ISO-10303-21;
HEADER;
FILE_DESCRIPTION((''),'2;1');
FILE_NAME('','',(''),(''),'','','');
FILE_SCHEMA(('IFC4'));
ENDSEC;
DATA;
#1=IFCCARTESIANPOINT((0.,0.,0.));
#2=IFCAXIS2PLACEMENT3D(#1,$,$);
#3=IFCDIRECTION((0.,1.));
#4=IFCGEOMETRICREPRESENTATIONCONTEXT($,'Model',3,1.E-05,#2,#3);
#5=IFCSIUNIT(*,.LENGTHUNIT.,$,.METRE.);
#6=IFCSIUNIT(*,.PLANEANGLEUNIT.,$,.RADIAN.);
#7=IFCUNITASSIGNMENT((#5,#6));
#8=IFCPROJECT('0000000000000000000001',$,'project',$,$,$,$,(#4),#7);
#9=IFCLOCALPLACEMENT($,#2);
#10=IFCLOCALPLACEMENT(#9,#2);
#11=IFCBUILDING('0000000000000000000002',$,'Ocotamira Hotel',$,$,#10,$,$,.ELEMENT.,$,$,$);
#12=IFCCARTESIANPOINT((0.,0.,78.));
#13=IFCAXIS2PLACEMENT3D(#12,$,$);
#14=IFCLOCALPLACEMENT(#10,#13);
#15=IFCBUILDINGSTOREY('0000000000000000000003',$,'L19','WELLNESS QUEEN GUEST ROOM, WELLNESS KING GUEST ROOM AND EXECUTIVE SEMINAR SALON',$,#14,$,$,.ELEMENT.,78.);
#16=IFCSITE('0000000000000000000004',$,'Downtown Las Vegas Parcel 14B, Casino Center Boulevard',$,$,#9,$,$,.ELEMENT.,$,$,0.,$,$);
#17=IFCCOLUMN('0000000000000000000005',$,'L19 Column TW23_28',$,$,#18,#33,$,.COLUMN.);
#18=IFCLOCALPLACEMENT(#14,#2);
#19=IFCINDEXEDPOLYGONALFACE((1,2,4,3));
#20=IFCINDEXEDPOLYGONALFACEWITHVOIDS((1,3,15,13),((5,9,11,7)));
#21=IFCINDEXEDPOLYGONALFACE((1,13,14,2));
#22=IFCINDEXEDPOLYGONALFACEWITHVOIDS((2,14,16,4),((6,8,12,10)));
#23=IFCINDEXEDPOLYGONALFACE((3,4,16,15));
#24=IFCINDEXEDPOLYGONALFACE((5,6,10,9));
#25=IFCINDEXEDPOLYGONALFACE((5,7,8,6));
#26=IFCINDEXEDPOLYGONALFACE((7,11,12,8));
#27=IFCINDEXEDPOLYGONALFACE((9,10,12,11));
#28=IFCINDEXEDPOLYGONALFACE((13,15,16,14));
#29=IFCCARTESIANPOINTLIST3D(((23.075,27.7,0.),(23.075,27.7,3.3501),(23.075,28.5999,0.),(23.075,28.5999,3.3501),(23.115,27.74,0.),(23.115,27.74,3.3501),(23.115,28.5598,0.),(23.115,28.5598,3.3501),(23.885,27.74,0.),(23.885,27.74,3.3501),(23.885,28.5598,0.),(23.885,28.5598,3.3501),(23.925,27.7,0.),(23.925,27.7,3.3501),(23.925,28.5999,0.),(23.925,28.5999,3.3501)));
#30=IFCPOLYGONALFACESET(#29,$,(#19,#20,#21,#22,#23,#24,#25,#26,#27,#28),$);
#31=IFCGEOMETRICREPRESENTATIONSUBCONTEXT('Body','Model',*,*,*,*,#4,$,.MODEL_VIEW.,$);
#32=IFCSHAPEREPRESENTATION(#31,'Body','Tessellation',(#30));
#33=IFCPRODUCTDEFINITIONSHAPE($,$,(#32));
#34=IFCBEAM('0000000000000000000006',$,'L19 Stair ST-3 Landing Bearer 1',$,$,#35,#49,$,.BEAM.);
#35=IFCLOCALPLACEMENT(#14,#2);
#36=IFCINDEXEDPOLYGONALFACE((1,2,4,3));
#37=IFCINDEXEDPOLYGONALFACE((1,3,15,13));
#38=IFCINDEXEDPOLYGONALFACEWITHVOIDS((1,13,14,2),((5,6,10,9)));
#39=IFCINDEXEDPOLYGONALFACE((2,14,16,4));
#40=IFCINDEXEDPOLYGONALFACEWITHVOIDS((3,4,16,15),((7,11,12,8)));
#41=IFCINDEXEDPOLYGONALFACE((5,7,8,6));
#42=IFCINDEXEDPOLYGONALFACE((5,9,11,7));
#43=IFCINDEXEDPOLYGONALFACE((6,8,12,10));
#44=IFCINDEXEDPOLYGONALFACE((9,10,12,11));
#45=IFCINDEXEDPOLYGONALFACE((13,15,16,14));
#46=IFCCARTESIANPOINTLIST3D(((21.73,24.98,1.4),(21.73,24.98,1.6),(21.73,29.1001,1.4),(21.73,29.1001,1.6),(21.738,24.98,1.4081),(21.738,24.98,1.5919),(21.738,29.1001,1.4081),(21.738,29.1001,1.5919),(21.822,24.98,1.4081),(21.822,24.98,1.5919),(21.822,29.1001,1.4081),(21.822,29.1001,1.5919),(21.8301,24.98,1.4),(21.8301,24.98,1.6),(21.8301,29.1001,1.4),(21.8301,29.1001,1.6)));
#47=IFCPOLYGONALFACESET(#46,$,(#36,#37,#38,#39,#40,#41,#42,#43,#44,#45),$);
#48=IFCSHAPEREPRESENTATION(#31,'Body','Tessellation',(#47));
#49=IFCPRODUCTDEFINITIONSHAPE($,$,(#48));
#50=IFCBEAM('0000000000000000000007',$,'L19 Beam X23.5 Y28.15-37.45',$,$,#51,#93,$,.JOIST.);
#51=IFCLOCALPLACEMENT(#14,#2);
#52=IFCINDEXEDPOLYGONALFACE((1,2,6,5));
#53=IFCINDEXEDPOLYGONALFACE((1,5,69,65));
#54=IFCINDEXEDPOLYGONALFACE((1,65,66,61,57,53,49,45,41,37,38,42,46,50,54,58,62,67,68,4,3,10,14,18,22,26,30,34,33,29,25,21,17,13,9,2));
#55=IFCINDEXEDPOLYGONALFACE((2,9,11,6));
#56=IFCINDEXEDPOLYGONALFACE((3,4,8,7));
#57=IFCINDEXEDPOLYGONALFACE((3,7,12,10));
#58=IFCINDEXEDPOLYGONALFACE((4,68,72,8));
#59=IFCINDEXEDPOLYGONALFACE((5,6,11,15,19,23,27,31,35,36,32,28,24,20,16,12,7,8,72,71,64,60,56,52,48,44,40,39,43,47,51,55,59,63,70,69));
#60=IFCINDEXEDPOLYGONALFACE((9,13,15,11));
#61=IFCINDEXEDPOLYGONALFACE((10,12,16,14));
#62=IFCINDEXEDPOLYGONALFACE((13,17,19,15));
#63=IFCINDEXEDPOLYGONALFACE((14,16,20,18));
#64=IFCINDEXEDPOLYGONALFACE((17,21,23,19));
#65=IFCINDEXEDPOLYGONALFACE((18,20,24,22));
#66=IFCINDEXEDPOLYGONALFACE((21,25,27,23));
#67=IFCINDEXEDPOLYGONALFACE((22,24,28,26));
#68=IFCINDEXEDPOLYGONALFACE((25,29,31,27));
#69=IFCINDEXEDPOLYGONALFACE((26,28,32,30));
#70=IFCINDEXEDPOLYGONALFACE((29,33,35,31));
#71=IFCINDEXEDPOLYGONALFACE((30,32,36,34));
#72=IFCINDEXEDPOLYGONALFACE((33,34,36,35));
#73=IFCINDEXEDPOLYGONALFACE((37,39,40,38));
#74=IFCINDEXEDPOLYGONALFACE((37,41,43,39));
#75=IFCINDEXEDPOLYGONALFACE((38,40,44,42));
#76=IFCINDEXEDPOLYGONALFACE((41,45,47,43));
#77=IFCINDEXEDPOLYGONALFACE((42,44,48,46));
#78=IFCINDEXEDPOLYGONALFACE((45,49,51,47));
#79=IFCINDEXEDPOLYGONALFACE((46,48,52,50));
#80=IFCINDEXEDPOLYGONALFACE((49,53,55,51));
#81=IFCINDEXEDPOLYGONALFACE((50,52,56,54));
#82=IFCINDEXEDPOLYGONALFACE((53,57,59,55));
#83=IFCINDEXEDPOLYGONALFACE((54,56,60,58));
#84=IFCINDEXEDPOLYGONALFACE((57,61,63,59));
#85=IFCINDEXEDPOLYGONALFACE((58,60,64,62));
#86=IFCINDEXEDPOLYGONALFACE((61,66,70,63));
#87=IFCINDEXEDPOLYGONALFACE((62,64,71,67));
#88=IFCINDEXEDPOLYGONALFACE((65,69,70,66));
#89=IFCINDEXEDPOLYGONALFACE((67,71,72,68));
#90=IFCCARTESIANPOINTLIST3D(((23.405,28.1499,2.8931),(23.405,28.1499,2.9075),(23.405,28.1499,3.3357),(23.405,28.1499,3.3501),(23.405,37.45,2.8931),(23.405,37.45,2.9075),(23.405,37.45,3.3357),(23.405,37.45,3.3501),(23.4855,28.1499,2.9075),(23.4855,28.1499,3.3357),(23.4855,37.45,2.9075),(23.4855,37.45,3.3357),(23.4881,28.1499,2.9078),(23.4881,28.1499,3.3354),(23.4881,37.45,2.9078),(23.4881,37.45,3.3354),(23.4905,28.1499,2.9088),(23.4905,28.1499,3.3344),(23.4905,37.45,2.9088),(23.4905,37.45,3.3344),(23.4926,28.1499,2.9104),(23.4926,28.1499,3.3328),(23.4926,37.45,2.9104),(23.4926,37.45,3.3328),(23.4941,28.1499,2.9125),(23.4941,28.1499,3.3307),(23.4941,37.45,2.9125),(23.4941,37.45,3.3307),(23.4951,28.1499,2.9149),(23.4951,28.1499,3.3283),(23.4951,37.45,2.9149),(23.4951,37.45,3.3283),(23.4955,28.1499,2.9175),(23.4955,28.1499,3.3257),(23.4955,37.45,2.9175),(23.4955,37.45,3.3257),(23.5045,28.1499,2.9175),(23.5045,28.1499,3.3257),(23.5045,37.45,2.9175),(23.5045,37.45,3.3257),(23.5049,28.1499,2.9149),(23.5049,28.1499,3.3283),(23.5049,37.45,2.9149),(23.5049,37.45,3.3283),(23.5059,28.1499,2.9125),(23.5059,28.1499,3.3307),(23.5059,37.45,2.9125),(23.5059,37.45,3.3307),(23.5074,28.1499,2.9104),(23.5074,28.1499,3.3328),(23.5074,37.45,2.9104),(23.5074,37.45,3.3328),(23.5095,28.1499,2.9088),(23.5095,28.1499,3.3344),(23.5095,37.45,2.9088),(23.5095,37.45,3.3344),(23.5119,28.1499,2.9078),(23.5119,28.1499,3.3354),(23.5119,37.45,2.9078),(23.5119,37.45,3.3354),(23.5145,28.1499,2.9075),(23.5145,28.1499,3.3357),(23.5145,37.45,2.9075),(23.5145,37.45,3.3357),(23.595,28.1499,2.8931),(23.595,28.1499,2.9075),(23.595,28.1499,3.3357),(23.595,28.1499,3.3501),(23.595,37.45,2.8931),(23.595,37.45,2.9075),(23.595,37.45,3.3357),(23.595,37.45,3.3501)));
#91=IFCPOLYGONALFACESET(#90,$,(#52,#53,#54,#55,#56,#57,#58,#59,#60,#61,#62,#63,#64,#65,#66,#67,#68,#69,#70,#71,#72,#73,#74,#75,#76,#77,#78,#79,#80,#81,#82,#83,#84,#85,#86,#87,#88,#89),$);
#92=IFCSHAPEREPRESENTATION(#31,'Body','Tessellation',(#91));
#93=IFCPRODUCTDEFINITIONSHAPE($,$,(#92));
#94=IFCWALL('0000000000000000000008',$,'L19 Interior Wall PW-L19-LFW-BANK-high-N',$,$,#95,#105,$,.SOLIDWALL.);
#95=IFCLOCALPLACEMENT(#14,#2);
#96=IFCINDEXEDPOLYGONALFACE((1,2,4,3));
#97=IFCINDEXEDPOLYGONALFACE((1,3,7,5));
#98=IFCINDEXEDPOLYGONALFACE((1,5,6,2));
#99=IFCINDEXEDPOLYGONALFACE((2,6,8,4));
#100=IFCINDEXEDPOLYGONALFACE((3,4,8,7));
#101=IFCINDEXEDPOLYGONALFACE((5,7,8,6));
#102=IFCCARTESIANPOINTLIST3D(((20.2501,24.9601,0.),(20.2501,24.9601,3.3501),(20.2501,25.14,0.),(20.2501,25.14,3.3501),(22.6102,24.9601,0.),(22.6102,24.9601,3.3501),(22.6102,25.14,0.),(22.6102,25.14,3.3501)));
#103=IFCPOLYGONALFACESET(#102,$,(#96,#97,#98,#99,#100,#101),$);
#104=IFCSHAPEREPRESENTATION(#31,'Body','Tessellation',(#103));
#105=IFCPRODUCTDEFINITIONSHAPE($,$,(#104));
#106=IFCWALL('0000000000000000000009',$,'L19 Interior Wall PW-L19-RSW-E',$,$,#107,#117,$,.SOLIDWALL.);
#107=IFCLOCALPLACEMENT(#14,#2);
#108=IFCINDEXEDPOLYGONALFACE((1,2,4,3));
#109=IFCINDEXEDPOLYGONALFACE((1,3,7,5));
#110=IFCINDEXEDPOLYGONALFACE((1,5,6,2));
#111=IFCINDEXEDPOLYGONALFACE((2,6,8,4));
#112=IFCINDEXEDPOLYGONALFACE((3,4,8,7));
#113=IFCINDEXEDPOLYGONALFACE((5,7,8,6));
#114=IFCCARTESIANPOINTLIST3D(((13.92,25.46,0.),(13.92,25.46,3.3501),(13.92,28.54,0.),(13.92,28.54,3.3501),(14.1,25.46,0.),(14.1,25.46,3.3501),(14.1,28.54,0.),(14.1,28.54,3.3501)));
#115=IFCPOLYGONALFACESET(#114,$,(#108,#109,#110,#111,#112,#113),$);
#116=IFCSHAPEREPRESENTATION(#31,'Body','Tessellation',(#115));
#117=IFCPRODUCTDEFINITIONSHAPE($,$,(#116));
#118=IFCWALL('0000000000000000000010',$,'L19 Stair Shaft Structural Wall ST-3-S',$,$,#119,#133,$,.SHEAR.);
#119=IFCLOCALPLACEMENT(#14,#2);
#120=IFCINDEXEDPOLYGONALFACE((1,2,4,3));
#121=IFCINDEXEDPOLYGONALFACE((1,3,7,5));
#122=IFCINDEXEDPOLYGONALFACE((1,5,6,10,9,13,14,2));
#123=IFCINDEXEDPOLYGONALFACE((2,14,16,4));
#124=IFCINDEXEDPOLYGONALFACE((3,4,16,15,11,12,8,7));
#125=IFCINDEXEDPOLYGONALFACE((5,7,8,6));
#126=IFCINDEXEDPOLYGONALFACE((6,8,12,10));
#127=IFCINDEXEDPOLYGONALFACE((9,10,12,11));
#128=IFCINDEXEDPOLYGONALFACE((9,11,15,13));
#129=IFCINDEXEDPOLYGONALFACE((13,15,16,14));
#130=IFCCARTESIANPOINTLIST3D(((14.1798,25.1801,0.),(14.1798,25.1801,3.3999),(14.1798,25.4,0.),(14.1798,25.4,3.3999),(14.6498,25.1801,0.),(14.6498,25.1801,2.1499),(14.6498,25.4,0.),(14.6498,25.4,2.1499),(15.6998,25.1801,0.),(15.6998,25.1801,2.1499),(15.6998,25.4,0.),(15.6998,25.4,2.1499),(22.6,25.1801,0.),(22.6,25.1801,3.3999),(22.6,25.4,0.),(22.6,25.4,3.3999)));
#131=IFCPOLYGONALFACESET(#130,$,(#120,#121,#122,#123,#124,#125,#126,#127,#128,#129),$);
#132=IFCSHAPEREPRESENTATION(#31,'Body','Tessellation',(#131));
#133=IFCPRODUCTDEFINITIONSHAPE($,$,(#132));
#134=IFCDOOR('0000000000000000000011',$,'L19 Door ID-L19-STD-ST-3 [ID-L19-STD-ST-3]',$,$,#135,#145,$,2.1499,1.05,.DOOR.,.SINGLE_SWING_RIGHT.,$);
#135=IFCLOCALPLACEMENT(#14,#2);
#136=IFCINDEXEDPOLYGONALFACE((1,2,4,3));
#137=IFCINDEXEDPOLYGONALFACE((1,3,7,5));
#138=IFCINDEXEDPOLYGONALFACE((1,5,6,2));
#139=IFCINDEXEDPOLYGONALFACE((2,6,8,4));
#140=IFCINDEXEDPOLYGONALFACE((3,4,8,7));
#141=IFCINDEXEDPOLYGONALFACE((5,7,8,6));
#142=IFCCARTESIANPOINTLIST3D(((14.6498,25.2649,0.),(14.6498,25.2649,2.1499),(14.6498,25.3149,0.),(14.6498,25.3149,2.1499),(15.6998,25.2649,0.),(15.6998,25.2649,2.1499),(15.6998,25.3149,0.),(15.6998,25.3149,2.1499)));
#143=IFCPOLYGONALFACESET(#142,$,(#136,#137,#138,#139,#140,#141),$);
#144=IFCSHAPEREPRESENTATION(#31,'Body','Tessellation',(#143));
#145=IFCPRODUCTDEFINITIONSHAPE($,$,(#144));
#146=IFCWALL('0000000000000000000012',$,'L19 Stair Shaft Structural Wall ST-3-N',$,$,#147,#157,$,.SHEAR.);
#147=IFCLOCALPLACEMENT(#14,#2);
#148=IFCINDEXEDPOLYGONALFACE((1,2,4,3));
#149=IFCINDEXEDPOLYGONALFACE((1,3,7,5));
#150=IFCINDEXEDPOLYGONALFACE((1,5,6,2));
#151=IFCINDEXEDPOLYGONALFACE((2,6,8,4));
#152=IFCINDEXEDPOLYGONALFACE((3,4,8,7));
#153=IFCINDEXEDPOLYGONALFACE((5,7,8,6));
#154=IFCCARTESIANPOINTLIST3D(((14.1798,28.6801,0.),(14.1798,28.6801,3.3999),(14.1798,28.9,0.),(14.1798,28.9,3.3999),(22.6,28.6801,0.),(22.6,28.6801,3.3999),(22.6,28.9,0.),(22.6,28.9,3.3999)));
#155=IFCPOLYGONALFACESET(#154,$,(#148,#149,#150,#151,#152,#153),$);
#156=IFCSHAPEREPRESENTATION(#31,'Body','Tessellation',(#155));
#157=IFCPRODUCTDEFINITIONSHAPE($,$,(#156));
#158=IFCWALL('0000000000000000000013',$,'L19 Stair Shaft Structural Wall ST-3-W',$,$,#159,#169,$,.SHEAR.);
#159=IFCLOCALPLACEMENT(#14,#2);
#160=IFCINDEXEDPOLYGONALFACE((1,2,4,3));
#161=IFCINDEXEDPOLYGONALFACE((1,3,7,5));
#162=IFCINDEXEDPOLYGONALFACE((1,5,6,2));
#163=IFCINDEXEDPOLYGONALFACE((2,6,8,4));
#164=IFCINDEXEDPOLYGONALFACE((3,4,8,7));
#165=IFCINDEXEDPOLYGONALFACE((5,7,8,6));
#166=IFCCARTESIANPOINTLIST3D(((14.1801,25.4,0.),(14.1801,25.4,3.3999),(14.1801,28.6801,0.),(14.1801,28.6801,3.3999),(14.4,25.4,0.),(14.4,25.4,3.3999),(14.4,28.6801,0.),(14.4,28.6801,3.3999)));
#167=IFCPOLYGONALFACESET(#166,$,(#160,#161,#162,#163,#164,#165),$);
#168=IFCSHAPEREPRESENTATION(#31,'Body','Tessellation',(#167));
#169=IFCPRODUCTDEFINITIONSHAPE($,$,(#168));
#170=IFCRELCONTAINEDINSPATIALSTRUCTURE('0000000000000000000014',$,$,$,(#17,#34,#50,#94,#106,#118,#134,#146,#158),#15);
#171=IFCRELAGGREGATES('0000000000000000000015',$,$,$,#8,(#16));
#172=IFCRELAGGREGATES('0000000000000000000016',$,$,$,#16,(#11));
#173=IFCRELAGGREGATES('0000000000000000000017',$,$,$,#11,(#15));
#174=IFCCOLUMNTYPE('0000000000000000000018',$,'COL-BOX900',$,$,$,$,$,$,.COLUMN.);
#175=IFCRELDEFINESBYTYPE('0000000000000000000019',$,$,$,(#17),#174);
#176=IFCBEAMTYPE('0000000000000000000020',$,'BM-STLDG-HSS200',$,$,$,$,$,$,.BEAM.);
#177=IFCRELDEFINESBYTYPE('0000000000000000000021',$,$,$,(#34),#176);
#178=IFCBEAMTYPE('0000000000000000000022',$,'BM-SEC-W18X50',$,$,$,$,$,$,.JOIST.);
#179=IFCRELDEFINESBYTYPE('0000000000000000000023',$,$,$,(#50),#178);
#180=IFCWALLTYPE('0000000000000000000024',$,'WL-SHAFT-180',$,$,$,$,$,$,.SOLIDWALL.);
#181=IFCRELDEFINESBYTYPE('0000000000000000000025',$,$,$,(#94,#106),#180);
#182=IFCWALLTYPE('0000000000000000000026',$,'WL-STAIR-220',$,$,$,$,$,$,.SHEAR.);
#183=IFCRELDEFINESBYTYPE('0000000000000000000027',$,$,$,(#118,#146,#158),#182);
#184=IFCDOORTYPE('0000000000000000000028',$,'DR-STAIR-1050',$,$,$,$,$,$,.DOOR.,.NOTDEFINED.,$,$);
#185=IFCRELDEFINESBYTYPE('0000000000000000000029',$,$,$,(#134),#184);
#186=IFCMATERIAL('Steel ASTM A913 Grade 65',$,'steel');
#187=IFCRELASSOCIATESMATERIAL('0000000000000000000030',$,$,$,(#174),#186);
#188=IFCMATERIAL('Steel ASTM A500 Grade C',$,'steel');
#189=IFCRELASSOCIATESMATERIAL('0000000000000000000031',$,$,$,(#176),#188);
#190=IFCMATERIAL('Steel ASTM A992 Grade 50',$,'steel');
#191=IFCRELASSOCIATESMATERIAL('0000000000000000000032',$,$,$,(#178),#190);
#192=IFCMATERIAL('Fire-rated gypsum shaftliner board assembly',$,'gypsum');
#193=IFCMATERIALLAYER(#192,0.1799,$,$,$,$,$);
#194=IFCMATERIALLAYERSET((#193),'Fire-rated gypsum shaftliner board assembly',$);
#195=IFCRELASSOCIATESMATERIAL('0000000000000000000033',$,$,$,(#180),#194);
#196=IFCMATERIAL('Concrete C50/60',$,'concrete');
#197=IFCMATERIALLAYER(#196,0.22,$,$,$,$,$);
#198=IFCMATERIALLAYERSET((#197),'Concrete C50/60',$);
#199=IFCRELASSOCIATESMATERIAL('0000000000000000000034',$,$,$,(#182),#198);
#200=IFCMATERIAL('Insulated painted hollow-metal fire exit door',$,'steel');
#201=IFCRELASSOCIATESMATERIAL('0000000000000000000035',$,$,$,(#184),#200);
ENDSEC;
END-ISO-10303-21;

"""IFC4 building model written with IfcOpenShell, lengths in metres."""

from ifc_helpers import new_model, si_unit, direction, frame, frame_2d, origin, origin_2d, place, context, subcontext, project, spatial, rectangle, hollow_rectangle, i_section, extrude, source, transform, mapped, material, layer, layer_set, material_profile, profile_set, type_object, element, fill, save


model = new_model("IFC4")

# Units and contexts
model_context = context("Model", 3, precision=1e-05, world=origin(), true_north=direction((0.0, 1.0)))
body_context = subcontext(model_context, "Body", "Model", "MODEL_VIEW")
ifc_project = project(units=[si_unit("LENGTHUNIT", "METRE"), si_unit("PLANEANGLEUNIT", "RADIAN")], contexts=[model_context])

# Site, building, storey
site_placement = place(None, origin())
site = spatial("IfcSite", under=ifc_project, at=site_placement, Name="Downtown Las Vegas Parcel 14B, Casino Center Boulevard", CompositionType="ELEMENT", RefElevation=0.0)
building_placement = place(site_placement, origin())
building = spatial("IfcBuilding", under=site, at=building_placement, Name="Ocotamira Hotel", CompositionType="ELEMENT")
storey_placement = place(building_placement, frame((0.0, 0.0, 78.0)))
storey = spatial("IfcBuildingStorey", under=building, at=storey_placement, Name="L19", Description="WELLNESS QUEEN GUEST ROOM, WELLNESS KING GUEST ROOM AND EXECUTIVE SEMINAR SALON", CompositionType="ELEMENT", Elevation=78.0)

# Column
ifc_material_1 = material(Name="Steel ASTM A913 Grade 65", Category="steel")
ifc_material_profile_1 = material_profile(ifc_material_1, hollow_rectangle(XDim=0.8501, YDim=0.8999, WallThickness=0.04, at=origin_2d()), Name="BOX900X850X40")
ifc_profile_set_1 = profile_set([ifc_material_profile_1], Name="Steel ASTM A913 Grade 65")
column_type = type_object("IfcColumnType", Name="COL-BOX900", PredefinedType="COLUMN", material=ifc_profile_set_1)
shared_shape_1 = source(origin(), body_context, "Body", "SweptSolid", [
    extrude(hollow_rectangle(XDim=0.8501, YDim=0.8999, WallThickness=0.04, at=origin_2d()), origin(), (0.0, 0.0, 1.0), 3.3501),
])
column_placement = place(storey_placement, frame((23.5, 28.1499, 0.0), z_axis=(0.0, 0.0, 1.0), x_axis=(1.0, 0.0, 0.0)))
element("IfcColumn", 1, at=column_placement, inside=storey, type_object=column_type, Name="L19 Column TW23_28", PredefinedType="COLUMN", context=body_context, shape_type="MappedRepresentation", body=[
    mapped(shared_shape_1, transform((0.0, 0.0, 0.0), scale=1.0)),
])

# Beams
ifc_material_2 = material(Name="Steel ASTM A500 Grade C", Category="steel")
ifc_material_profile_2 = material_profile(ifc_material_2, hollow_rectangle(XDim=0.1001, YDim=0.2, WallThickness=0.0081, at=origin_2d()), Name="HSS200X100X8")
ifc_profile_set_2 = profile_set([ifc_material_profile_2], Name="Steel ASTM A500 Grade C")
beam_type_1 = type_object("IfcBeamType", Name="BM-STLDG-HSS200", PredefinedType="BEAM", material=ifc_profile_set_2)
shared_shape_2 = source(origin(), body_context, "Body", "SweptSolid", [
    extrude(hollow_rectangle(XDim=0.1001, YDim=0.2, WallThickness=0.0081, at=origin_2d()), origin(), (0.0, 0.0, 1.0), 4.1201),
])
beam_1_placement = place(storey_placement, frame((21.78, 24.98, 1.5), z_axis=(0.0, 1.0, 0.0), x_axis=(-1.0, 0.0, 0.0)))
element("IfcBeam", 2, at=beam_1_placement, inside=storey, type_object=beam_type_1, Name="L19 Stair ST-3 Landing Bearer 1", PredefinedType="BEAM", context=body_context, shape_type="MappedRepresentation", body=[
    mapped(shared_shape_2, transform((0.0, 0.0, 0.0), scale=1.0)),
])
ifc_material_3 = material(Name="Steel ASTM A992 Grade 50", Category="steel")
ifc_material_profile_3 = material_profile(ifc_material_3, i_section(OverallWidth=0.1899, OverallDepth=0.457, WebThickness=0.009, FlangeThickness=0.0144, FilletRadius=0.01, at=origin_2d()), Name="W18X50")
ifc_profile_set_3 = profile_set([ifc_material_profile_3], Name="Steel ASTM A992 Grade 50")
beam_type_2 = type_object("IfcBeamType", Name="BM-SEC-W18X50", PredefinedType="JOIST", material=ifc_profile_set_3)
shared_shape_3 = source(origin(), body_context, "Body", "SweptSolid", [
    extrude(i_section(OverallWidth=0.1899, OverallDepth=0.457, WebThickness=0.009, FlangeThickness=0.0144, FilletRadius=0.01, at=origin_2d()), origin(), (0.0, 0.0, 1.0), 9.3),
])
beam_2_placement = place(storey_placement, frame((23.5, 28.1499, 3.1216), z_axis=(0.0, 1.0, 0.0), x_axis=(-1.0, 0.0, 0.0)))
element("IfcBeam", 3, at=beam_2_placement, inside=storey, type_object=beam_type_2, Name="L19 Beam X23.5 Y28.15-37.45", PredefinedType="JOIST", context=body_context, shape_type="MappedRepresentation", body=[
    mapped(shared_shape_3, transform((0.0, 0.0, 0.0), scale=1.0)),
])

# Walls
ifc_material_4 = material(Name="Fire-rated gypsum shaftliner board assembly", Category="gypsum")
ifc_layer_1 = layer(ifc_material_4, 0.1799)
ifc_layer_set_1 = layer_set([ifc_layer_1], Name="Fire-rated gypsum shaftliner board assembly")
wall_type_1 = type_object("IfcWallType", Name="WL-SHAFT-180", PredefinedType="SOLIDWALL", material=ifc_layer_set_1)
wall_1_placement = place(storey_placement, frame((20.25, 25.05, 0.0), z_axis=(0.0, 0.0, 1.0), x_axis=(1.0, 0.0, 0.0)))
element("IfcWall", 4, at=wall_1_placement, inside=storey, type_object=wall_type_1, Name="L19 Interior Wall PW-L19-LFW-BANK-high-N", PredefinedType="SOLIDWALL", context=body_context, shape_type="SweptSolid", body=[
    extrude(rectangle(XDim=2.3601, YDim=0.1799, at=frame_2d((1.1802, 0.0))), origin(), (0.0, 0.0, 1.0), 3.3501),
])
wall_2_placement = place(storey_placement, frame((14.01, 25.46, 0.0), z_axis=(0.0, 0.0, 1.0), x_axis=(0.0, 1.0, 0.0)))
element("IfcWall", 5, at=wall_2_placement, inside=storey, type_object=wall_type_1, Name="L19 Interior Wall PW-L19-RSW-E", PredefinedType="SOLIDWALL", context=body_context, shape_type="SweptSolid", body=[
    extrude(rectangle(XDim=3.0801, YDim=0.1799, at=frame_2d((1.54, 0.0))), origin(), (0.0, 0.0, 1.0), 3.3501),
])

# Wall, opening, door
ifc_material_5 = material(Name="Concrete C50/60", Category="concrete")
ifc_layer_2 = layer(ifc_material_5, 0.22)
ifc_layer_set_2 = layer_set([ifc_layer_2], Name="Concrete C50/60")
wall_type_2 = type_object("IfcWallType", Name="WL-STAIR-220", PredefinedType="SHEAR", material=ifc_layer_set_2)
wall_3_placement = place(storey_placement, frame((14.1799, 25.29, 0.0), z_axis=(0.0, 0.0, 1.0), x_axis=(1.0, 0.0, 0.0)))
wall_3 = element("IfcWall", 6, at=wall_3_placement, inside=storey, type_object=wall_type_2, Name="L19 Stair Shaft Structural Wall ST-3-S", PredefinedType="SHEAR", context=body_context, shape_type="SweptSolid", body=[
    extrude(rectangle(XDim=8.4202, YDim=0.22, at=frame_2d((4.21, 0.0))), origin(), (0.0, 0.0, 1.0), 3.3999),
])
opening_placement = place(wall_3_placement, frame((0.47, 0.0, 0.0)))
opening = element("IfcOpeningElement", 7, at=opening_placement, cuts=wall_3, PredefinedType="OPENING", context=body_context, shape_type="SweptSolid", body=[
    extrude(rectangle(XDim=1.05, YDim=2.1499, at=frame_2d((0.5249, 1.075))), frame((0.0, 0.1201, 0.0), z_axis=(0.0, -1.0, 0.0), x_axis=(1.0, 0.0, 0.0)), (0.0, 0.0, 1.0), 0.24),
])
ifc_material_6 = material(Name="Insulated painted hollow-metal fire exit door", Category="steel")
door_type = type_object("IfcDoorType", Name="DR-STAIR-1050", OperationType="NOTDEFINED", PredefinedType="DOOR", material=ifc_material_6)
shared_shape_4 = source(origin(), body_context, "Body", "SweptSolid", [
    extrude(rectangle(XDim=1.05, YDim=2.1499, at=frame_2d((0.5249, 1.075))), frame((0.0, 0.0249, 0.0), z_axis=(0.0, -1.0, 0.0), x_axis=(1.0, 0.0, 0.0)), (0.0, 0.0, 1.0), 0.05),
])
door_placement = place(opening_placement, origin())
door = element("IfcDoor", 8, at=door_placement, inside=storey, type_object=door_type, Name="L19 Door ID-L19-STD-ST-3 [ID-L19-STD-ST-3]", OperationType="SINGLE_SWING_RIGHT", OverallHeight=2.1499, OverallWidth=1.05, PredefinedType="DOOR", context=body_context, shape_type="MappedRepresentation", body=[
    mapped(shared_shape_4, transform((0.0, 0.0, 0.0), scale=1.0)),
])
fill(opening, door)

# Walls
wall_4_placement = place(storey_placement, frame((14.1799, 28.79, 0.0), z_axis=(0.0, 0.0, 1.0), x_axis=(1.0, 0.0, 0.0)))
element("IfcWall", 9, at=wall_4_placement, inside=storey, type_object=wall_type_2, Name="L19 Stair Shaft Structural Wall ST-3-N", PredefinedType="SHEAR", context=body_context, shape_type="SweptSolid", body=[
    extrude(rectangle(XDim=8.4202, YDim=0.22, at=frame_2d((4.21, 0.0))), origin(), (0.0, 0.0, 1.0), 3.3999),
])
for number, where, z_axis, x_axis, name in (
    (10, (14.29, 25.3999, 0.0), (0.0, 0.0, 1.0), (0.0, 1.0, 0.0), "L19 Stair Shaft Structural Wall ST-3-W"),
):
    element("IfcWall", number, at=place(storey_placement, frame(where, z_axis=z_axis, x_axis=x_axis)), inside=storey, type_object=wall_type_2, Name=name, PredefinedType="SHEAR", context=body_context, shape_type="SweptSolid", body=[
        extrude(rectangle(XDim=3.28, YDim=0.22, at=frame_2d((1.6401, 0.0))), origin(), (0.0, 0.0, 1.0), 3.3999),
    ])

save(model, "model.ifc")
